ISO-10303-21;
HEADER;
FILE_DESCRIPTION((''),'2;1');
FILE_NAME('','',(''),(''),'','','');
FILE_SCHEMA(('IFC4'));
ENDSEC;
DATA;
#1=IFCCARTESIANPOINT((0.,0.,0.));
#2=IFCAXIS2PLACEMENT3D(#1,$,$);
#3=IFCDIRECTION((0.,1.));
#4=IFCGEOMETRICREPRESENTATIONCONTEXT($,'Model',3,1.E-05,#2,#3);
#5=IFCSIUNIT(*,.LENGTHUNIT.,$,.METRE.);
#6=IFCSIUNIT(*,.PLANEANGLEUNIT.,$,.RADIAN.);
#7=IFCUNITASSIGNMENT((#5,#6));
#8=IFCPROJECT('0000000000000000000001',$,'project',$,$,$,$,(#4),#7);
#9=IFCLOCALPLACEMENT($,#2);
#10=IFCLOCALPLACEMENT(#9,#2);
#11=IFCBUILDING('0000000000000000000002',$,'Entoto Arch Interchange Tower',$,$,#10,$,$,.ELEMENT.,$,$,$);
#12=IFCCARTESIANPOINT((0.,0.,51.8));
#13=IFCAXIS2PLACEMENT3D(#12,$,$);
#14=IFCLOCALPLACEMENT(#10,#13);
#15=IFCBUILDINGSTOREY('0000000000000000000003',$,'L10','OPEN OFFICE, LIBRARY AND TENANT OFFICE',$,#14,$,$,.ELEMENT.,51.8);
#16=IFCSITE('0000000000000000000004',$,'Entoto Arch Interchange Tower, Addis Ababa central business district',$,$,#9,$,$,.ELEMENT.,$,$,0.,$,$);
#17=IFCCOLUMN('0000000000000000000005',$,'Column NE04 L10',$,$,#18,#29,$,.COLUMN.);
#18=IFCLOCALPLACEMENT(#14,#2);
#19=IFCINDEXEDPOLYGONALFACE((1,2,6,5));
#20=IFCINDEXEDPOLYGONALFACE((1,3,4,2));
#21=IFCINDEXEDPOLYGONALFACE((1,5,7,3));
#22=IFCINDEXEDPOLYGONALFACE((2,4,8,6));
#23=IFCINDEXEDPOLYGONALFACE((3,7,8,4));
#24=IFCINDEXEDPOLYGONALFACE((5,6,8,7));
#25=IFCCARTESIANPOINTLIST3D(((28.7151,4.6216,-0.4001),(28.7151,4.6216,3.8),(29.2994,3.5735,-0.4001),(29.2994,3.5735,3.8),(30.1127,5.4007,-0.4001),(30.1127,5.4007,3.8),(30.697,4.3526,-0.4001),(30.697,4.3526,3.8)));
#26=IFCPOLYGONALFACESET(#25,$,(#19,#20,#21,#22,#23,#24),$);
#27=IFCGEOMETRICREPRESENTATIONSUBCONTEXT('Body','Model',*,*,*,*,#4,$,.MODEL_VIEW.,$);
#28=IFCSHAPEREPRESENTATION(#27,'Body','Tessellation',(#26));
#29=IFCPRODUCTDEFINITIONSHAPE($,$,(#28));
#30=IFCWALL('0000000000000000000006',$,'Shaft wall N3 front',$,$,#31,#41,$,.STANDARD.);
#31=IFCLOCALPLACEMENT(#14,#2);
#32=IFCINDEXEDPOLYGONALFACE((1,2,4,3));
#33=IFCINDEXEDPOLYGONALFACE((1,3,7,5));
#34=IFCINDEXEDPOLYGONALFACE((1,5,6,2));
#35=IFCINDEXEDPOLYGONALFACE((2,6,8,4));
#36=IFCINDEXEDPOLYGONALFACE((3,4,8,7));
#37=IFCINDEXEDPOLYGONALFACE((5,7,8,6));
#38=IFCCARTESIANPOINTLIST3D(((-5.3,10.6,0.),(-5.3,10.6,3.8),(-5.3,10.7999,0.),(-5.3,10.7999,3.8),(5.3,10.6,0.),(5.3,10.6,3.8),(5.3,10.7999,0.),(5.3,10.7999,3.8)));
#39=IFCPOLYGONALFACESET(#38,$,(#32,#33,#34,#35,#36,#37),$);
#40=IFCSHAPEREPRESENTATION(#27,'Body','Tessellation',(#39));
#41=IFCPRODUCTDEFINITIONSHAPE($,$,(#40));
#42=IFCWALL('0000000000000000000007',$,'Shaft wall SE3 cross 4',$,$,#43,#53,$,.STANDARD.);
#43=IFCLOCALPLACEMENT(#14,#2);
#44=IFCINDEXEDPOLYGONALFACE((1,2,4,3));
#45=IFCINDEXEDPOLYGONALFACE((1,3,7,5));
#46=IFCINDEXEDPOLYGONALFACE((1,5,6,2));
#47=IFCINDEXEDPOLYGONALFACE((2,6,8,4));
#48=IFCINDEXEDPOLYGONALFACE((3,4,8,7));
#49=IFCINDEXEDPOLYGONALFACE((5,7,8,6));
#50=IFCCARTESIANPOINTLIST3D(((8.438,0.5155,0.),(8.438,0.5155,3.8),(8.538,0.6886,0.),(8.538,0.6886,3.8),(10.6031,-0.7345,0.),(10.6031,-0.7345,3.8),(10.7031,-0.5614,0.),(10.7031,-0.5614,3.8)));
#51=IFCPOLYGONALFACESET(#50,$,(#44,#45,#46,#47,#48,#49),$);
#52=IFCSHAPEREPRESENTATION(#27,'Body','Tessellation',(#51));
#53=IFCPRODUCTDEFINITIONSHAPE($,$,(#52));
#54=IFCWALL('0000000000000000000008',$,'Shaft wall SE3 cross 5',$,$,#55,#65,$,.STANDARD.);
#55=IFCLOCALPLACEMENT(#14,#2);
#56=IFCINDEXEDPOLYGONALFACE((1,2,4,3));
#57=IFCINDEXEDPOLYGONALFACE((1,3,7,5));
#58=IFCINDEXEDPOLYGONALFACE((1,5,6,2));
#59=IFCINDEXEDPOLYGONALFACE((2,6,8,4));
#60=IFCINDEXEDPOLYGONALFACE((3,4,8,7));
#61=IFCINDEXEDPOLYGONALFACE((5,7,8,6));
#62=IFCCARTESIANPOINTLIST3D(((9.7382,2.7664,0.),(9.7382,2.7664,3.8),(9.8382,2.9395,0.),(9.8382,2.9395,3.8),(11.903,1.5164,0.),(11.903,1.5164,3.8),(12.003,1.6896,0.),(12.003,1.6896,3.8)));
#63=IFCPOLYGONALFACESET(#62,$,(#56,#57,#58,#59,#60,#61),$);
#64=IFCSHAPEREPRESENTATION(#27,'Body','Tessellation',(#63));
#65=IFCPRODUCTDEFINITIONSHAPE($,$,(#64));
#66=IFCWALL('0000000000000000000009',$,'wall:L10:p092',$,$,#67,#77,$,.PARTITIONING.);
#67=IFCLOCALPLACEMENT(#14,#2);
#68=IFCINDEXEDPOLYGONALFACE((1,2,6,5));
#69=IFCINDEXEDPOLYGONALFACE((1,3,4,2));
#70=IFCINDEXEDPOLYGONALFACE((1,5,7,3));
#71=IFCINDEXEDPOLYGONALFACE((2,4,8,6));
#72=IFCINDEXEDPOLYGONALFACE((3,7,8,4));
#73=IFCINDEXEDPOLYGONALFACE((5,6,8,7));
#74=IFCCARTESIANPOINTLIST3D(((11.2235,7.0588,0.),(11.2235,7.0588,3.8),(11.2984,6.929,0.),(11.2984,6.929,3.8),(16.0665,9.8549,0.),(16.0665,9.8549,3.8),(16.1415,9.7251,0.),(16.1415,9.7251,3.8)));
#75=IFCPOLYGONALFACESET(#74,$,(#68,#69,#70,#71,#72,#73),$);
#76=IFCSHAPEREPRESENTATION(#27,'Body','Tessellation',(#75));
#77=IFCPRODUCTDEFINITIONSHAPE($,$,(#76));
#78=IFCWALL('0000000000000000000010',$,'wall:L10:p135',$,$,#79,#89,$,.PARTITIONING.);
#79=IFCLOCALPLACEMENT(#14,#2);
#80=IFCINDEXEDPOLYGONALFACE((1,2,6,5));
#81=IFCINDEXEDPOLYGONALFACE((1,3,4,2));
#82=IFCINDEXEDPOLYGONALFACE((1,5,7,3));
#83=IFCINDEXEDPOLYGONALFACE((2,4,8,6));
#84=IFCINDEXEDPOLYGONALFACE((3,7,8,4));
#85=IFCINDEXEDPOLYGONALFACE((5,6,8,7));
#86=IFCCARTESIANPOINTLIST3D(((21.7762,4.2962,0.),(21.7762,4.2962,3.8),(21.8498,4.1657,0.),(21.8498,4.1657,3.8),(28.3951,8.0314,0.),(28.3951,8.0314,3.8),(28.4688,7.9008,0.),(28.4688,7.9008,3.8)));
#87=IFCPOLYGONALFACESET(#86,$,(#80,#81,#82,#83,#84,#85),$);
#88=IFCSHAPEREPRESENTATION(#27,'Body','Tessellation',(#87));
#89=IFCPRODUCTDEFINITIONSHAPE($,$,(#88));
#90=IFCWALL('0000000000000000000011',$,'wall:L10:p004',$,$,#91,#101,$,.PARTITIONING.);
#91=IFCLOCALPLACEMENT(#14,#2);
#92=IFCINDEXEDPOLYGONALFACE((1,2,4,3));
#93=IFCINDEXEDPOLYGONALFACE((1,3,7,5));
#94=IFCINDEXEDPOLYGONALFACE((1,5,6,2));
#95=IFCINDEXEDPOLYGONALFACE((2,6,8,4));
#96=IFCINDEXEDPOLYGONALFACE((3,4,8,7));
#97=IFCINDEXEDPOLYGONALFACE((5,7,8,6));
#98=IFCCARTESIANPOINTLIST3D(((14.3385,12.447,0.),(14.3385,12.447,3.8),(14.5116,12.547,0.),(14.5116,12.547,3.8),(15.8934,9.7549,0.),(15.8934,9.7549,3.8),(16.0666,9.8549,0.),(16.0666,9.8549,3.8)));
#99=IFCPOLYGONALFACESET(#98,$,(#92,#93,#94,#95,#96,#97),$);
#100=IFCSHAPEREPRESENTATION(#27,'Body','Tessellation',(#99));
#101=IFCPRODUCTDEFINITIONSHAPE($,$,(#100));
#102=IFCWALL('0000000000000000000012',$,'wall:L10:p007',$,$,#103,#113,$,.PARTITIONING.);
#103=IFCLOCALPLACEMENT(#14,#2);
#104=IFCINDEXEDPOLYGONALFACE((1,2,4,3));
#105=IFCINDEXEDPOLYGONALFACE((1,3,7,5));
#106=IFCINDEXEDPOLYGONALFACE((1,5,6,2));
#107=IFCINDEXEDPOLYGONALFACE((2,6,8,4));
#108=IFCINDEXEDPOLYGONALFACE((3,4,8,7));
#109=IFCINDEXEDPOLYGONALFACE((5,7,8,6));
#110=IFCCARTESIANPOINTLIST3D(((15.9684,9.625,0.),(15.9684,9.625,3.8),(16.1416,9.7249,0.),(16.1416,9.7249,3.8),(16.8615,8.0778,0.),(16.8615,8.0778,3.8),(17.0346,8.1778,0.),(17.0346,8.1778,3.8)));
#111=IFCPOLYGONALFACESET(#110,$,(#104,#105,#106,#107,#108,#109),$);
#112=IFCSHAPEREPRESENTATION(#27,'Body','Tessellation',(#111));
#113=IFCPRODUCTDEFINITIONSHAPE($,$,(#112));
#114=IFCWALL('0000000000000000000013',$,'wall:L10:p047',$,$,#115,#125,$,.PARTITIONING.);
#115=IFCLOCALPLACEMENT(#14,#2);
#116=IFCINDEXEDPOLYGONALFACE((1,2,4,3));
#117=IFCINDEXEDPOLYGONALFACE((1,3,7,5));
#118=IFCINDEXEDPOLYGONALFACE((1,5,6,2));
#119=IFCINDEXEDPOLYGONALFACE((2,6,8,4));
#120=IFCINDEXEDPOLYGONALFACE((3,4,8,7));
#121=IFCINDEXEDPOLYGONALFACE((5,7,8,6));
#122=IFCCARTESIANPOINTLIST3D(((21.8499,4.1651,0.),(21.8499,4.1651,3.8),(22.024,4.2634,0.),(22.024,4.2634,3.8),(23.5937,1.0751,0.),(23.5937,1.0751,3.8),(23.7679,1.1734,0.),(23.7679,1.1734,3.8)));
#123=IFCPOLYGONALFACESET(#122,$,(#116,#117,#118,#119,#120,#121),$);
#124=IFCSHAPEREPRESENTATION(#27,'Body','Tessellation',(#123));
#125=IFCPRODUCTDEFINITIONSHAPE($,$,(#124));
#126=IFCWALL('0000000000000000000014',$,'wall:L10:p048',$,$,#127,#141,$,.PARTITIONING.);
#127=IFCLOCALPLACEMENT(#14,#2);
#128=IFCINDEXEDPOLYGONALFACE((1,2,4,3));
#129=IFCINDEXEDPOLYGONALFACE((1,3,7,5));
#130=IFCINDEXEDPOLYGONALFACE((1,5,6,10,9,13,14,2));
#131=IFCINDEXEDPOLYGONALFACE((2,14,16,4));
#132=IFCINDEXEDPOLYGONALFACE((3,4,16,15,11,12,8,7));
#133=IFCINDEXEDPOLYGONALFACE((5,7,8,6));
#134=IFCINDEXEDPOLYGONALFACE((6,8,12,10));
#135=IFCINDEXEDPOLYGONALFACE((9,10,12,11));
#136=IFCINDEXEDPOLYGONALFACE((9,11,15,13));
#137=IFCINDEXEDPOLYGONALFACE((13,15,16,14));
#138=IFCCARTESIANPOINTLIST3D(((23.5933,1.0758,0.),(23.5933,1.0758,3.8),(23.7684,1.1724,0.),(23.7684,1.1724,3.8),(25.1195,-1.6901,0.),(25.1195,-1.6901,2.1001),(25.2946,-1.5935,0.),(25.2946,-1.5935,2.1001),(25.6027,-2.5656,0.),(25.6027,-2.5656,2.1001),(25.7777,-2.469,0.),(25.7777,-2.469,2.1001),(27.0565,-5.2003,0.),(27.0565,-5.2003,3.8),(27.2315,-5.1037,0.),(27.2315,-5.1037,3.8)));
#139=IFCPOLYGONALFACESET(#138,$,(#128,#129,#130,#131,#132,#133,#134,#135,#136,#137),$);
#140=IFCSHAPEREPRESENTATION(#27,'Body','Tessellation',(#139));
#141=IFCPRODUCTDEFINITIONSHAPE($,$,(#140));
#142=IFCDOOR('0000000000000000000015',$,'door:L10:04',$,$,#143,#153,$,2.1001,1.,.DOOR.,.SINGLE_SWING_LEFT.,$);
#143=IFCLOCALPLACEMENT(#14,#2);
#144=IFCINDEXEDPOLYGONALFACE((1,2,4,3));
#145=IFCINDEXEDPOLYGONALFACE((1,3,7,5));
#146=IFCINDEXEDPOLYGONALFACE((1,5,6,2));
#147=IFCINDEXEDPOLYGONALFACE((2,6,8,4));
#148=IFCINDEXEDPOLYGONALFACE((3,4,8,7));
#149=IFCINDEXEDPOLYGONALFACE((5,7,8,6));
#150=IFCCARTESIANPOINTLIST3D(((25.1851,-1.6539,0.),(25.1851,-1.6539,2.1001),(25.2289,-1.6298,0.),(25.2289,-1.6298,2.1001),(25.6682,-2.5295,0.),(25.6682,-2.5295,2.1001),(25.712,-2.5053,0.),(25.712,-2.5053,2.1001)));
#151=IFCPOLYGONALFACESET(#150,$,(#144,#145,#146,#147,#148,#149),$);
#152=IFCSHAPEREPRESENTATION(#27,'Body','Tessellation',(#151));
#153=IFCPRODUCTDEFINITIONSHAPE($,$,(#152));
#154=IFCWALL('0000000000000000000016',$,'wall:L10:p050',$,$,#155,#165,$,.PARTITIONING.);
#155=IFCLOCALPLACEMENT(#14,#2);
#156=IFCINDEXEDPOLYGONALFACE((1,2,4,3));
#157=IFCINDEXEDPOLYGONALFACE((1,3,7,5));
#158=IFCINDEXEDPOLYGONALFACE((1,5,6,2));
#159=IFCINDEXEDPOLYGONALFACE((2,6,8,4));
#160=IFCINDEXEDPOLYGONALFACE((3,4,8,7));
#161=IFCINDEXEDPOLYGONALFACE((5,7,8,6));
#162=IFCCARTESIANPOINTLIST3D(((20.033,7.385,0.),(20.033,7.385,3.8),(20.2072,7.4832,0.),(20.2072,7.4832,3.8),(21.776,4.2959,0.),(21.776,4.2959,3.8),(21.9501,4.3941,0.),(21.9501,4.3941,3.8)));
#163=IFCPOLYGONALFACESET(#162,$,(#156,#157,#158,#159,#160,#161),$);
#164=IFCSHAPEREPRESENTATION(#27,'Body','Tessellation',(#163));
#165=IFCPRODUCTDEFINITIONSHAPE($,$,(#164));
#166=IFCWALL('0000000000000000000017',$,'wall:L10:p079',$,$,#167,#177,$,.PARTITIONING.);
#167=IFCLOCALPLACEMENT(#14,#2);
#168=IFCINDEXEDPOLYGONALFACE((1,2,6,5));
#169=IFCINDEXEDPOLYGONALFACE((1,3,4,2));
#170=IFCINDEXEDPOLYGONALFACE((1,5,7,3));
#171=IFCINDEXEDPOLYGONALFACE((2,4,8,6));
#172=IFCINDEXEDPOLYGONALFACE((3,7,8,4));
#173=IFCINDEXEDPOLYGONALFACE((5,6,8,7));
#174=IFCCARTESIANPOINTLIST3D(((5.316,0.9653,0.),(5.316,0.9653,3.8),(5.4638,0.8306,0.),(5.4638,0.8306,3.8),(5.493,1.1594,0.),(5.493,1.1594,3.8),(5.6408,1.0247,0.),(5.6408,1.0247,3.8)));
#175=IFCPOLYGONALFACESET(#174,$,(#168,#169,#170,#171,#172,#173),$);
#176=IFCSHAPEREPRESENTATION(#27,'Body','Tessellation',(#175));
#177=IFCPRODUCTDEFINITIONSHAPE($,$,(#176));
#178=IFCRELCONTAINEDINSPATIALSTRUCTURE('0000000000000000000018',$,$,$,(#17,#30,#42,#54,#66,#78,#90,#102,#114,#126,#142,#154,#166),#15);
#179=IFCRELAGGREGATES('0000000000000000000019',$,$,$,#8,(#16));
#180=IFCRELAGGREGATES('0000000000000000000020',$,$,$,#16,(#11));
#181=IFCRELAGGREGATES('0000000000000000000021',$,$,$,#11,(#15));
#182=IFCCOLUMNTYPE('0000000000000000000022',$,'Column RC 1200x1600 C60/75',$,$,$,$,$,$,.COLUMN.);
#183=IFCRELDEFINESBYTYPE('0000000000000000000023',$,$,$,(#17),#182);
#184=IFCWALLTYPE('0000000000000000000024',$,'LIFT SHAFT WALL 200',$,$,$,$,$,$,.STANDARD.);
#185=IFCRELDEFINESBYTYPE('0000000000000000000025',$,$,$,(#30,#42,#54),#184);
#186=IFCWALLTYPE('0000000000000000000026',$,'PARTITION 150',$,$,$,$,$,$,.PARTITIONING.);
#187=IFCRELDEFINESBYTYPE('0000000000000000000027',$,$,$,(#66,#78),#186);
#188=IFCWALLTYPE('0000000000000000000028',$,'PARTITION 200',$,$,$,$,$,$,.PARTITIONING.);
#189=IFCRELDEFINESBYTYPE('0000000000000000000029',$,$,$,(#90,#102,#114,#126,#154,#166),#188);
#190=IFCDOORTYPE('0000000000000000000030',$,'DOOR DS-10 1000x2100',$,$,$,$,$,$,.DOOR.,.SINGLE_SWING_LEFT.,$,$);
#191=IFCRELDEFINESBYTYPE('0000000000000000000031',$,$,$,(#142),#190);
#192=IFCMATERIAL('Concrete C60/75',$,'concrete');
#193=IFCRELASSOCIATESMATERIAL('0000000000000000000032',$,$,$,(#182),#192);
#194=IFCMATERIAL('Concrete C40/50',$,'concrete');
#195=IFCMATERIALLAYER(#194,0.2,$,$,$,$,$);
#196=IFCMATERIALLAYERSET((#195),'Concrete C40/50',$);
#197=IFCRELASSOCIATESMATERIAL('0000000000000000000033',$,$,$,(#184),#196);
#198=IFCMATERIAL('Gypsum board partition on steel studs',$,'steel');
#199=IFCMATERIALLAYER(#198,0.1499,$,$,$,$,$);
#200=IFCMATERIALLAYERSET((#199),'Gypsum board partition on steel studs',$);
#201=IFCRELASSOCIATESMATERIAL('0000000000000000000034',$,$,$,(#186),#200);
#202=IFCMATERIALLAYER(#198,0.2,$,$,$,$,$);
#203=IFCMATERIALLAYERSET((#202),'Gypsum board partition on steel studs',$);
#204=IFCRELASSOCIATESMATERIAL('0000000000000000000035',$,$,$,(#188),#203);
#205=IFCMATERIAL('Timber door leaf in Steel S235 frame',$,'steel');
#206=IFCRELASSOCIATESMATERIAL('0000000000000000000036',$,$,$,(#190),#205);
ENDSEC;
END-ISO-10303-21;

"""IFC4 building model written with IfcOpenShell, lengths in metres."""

from ifc_helpers import new_model, si_unit, direction, frame, frame_2d, origin, origin_2d, place, context, subcontext, project, spatial, rectangle, extrude, material, layer, layer_set, material_profile, profile_set, type_object, element, fill, save


model = new_model("IFC4")

# Units and contexts
model_context = context("Model", 3, precision=1e-05, world=origin(), true_north=direction((0.0, 1.0)))
body_context = subcontext(model_context, "Body", "Model", "MODEL_VIEW")
ifc_project = project(units=[si_unit("LENGTHUNIT", "METRE"), si_unit("PLANEANGLEUNIT", "RADIAN")], contexts=[model_context])

# Site, building, storey
site_placement = place(None, origin())
site = spatial("IfcSite", under=ifc_project, at=site_placement, Name="Entoto Arch Interchange Tower, Addis Ababa central business district", CompositionType="ELEMENT", RefElevation=0.0)
building_placement = place(site_placement, origin())
building = spatial("IfcBuilding", under=site, at=building_placement, Name="Entoto Arch Interchange Tower", CompositionType="ELEMENT")
storey_placement = place(building_placement, frame((0.0, 0.0, 51.8)))
storey = spatial("IfcBuildingStorey", under=building, at=storey_placement, Name="L10", Description="OPEN OFFICE, LIBRARY AND TENANT OFFICE", CompositionType="ELEMENT", Elevation=51.8)

# Column
ifc_material_1 = material(Name="Concrete C60/75", Category="concrete")
ifc_material_profile = material_profile(ifc_material_1, rectangle(XDim=1.2, YDim=1.6001, at=origin_2d()))
ifc_profile_set = profile_set([ifc_material_profile], Name="Concrete C60/75")
column_type = type_object("IfcColumnType", Name="Column RC 1200x1600 C60/75", PredefinedType="COLUMN", material=ifc_profile_set)
column_placement = place(storey_placement, frame((29.7061, 4.4871, -0.4001), z_axis=(0.0, 0.0, 1.0), x_axis=(-0.486915, 0.873449, 0.0)))
element("IfcColumn", 1, at=column_placement, inside=storey, type_object=column_type, Name="Column NE04 L10", PredefinedType="COLUMN", context=body_context, shape_type="SweptSolid", body=[
    extrude(rectangle(XDim=1.2, YDim=1.6001, at=origin_2d()), origin(), (0.0, 0.0, 1.0), 4.2002),
])

# Walls
ifc_material_2 = material(Name="Concrete C40/50", Category="concrete")
ifc_layer_1 = layer(ifc_material_2, 0.2)
ifc_layer_set_1 = layer_set([ifc_layer_1], Name="Concrete C40/50")
wall_type_1 = type_object("IfcWallType", Name="LIFT SHAFT WALL 200", PredefinedType="STANDARD", material=ifc_layer_set_1)
wall_1_placement = place(storey_placement, frame((5.3, 10.7, 0.0), z_axis=(0.0, 0.0, 1.0), x_axis=(-1.0, 0.0, 0.0)))
element("IfcWall", 2, at=wall_1_placement, inside=storey, type_object=wall_type_1, Name="Shaft wall N3 front", PredefinedType="STANDARD", context=body_context, shape_type="SweptSolid", body=[
    extrude(rectangle(XDim=10.6001, YDim=0.2, at=frame_2d((5.3, 0.0))), origin(), (0.0, 0.0, 1.0), 3.8),
])
wall_2_placement = place(storey_placement, frame((8.488, 0.6021, 0.0), z_axis=(0.0, 0.0, 1.0), x_axis=(0.866023, -0.500004, 0.0)))
element("IfcWall", 3, at=wall_2_placement, inside=storey, type_object=wall_type_1, Name="Shaft wall SE3 cross 4", PredefinedType="STANDARD", context=body_context, shape_type="SweptSolid", body=[
    extrude(rectangle(XDim=2.5, YDim=0.2, at=frame_2d((1.25, 0.0))), origin(), (0.0, 0.0, 1.0), 3.8),
])
wall_3_placement = place(storey_placement, frame((9.7881, 2.853, 0.0), z_axis=(0.0, 0.0, 1.0), x_axis=(0.865999, -0.500047, 0.0)))
element("IfcWall", 4, at=wall_3_placement, inside=storey, type_object=wall_type_1, Name="Shaft wall SE3 cross 5", PredefinedType="STANDARD", context=body_context, shape_type="SweptSolid", body=[
    extrude(rectangle(XDim=2.4998, YDim=0.2, at=frame_2d((1.25, 0.0))), origin(), (0.0, 0.0, 1.0), 3.8),
])
ifc_material_3 = material(Name="Gypsum board partition on steel studs", Category="steel")
ifc_layer_2 = layer(ifc_material_3, 0.1499)
ifc_layer_set_2 = layer_set([ifc_layer_2], Name="Gypsum board partition on steel studs")
wall_type_2 = type_object("IfcWallType", Name="PARTITION 150", PredefinedType="PARTITIONING", material=ifc_layer_set_2)
wall_4_placement = place(storey_placement, frame((16.104, 9.79, 0.0), z_axis=(0.0, 0.0, 1.0), x_axis=(-0.866023, -0.500003, 0.0)))
element("IfcWall", 5, at=wall_4_placement, inside=storey, type_object=wall_type_2, Name="wall:L10:p092", PredefinedType="PARTITIONING", context=body_context, shape_type="SweptSolid", body=[
    extrude(rectangle(XDim=5.5923, YDim=0.1499, at=frame_2d((2.7961, 0.0))), origin(), (0.0, 0.0, 1.0), 3.8),
])
wall_5_placement = place(storey_placement, frame((21.813, 4.231, 0.0), z_axis=(0.0, 0.0, 1.0), x_axis=(0.870901, 0.491458, 0.0)))
element("IfcWall", 6, at=wall_5_placement, inside=storey, type_object=wall_type_2, Name="wall:L10:p135", PredefinedType="PARTITIONING", context=body_context, shape_type="SweptSolid", body=[
    extrude(rectangle(XDim=7.6001, YDim=0.1499, at=frame_2d((3.8, 0.0))), origin(), (0.0, 0.0, 1.0), 3.8),
])
ifc_layer_3 = layer(ifc_material_3, 0.2)
ifc_layer_set_3 = layer_set([ifc_layer_3], Name="Gypsum board partition on steel studs")
wall_type_3 = type_object("IfcWallType", Name="PARTITION 200", PredefinedType="PARTITIONING", material=ifc_layer_set_3)
wall_6_placement = place(storey_placement, frame((15.98, 9.8049, 0.0), z_axis=(0.0, 0.0, 1.0), x_axis=(-0.500151, 0.865938, 0.0)))
element("IfcWall", 7, at=wall_6_placement, inside=storey, type_object=wall_type_3, Name="wall:L10:p004", PredefinedType="PARTITIONING", context=body_context, shape_type="SweptSolid", body=[
    extrude(rectangle(XDim=3.1089, YDim=0.2, at=frame_2d((1.5544, 0.0))), origin(), (0.0, 0.0, 1.0), 3.8),
])
wall_7_placement = place(storey_placement, frame((16.948, 8.1279, 0.0), z_axis=(0.0, 0.0, 1.0), x_axis=(-0.499931, 0.866065, 0.0)))
element("IfcWall", 8, at=wall_7_placement, inside=storey, type_object=wall_type_3, Name="wall:L10:p007", PredefinedType="PARTITIONING", context=body_context, shape_type="SweptSolid", body=[
    extrude(rectangle(XDim=1.7864, YDim=0.2, at=frame_2d((0.8931, 0.0))), origin(), (0.0, 0.0, 1.0), 3.8),
])
wall_8_placement = place(storey_placement, frame((21.937, 4.2141, 0.0), z_axis=(0.0, 0.0, 1.0), x_axis=(0.491486, -0.870886, 0.0)))
element("IfcWall", 9, at=wall_8_placement, inside=storey, type_object=wall_type_3, Name="wall:L10:p047", PredefinedType="PARTITIONING", context=body_context, shape_type="SweptSolid", body=[
    extrude(rectangle(XDim=3.5481, YDim=0.2, at=frame_2d((1.7739, 0.0))), origin(), (0.0, 0.0, 1.0), 3.8),
])

# Wall, opening, door
wall_9_placement = place(storey_placement, frame((23.6809, 1.124, 0.0), z_axis=(0.0, 0.0, 1.0), x_axis=(0.483125, -0.875551, 0.0)))
wall_9 = element("IfcWall", 10, at=wall_9_placement, inside=storey, type_object=wall_type_3, Name="wall:L10:p048", PredefinedType="PARTITIONING", context=body_context, shape_type="SweptSolid", body=[
    extrude(rectangle(XDim=7.1682, YDim=0.2, at=frame_2d((3.584, 0.0))), origin(), (0.0, 0.0, 1.0), 3.8),
])
opening_1_placement = place(wall_9_placement, frame((3.1589, 0.0, 0.0)))
opening_1 = element("IfcOpeningElement", 11, at=opening_1_placement, cuts=wall_9, PredefinedType="OPENING", context=body_context, shape_type="SweptSolid", body=[
    extrude(rectangle(XDim=1.0, YDim=2.1001, at=frame_2d((0.5, 1.05))), frame((0.0, 0.1099, 0.0), z_axis=(0.0, -1.0, 0.0), x_axis=(1.0, 0.0, 0.0)), (0.0, 0.0, 1.0), 0.22),
])
ifc_material_4 = material(Name="Timber door leaf in Steel S235 frame", Category="steel")
door_type_1 = type_object("IfcDoorType", Name="DOOR DS-10 1000x2100", OperationType="SINGLE_SWING_LEFT", PredefinedType="DOOR", material=ifc_material_4)
door_1_placement = place(opening_1_placement, origin())
door_1 = element("IfcDoor", 12, at=door_1_placement, inside=storey, type_object=door_type_1, Name="door:L10:04", OperationType="SINGLE_SWING_LEFT", OverallHeight=2.1001, OverallWidth=1.0, PredefinedType="DOOR", context=body_context, shape_type="SweptSolid", body=[
    extrude(rectangle(XDim=1.0, YDim=2.1001, at=frame_2d((0.5, 1.05))), frame((0.0, 0.0249, 0.0), z_axis=(0.0, -1.0, 0.0), x_axis=(1.0, 0.0, 0.0)), (0.0, 0.0, 1.0), 0.05),
])
fill(opening_1, door_1)

# Walls
wall_10_placement = place(storey_placement, frame((20.1201, 7.4341, 0.0), z_axis=(0.0, 0.0, 1.0), x_axis=(0.491395, -0.870937, 0.0)))
element("IfcWall", 13, at=wall_10_placement, inside=storey, type_object=wall_type_3, Name="wall:L10:p050", PredefinedType="PARTITIONING", context=body_context, shape_type="SweptSolid", body=[
    extrude(rectangle(XDim=3.5469, YDim=0.2, at=frame_2d((1.7734, 0.0))), origin(), (0.0, 0.0, 1.0), 3.8),
])
wall_11_placement = place(storey_placement, frame((5.3899, 0.8979, 0.0), z_axis=(0.0, 0.0, 1.0), x_axis=(0.673828, 0.738888, 0.0)))
element("IfcWall", 14, at=wall_11_placement, inside=storey, type_object=wall_type_3, Name="wall:L10:p079", PredefinedType="PARTITIONING", context=body_context, shape_type="SweptSolid", body=[
    extrude(rectangle(XDim=0.2627, YDim=0.2, at=frame_2d((0.1313, 0.0))), origin(), (0.0, 0.0, 1.0), 3.8),
])

save(model, "model.ifc")
